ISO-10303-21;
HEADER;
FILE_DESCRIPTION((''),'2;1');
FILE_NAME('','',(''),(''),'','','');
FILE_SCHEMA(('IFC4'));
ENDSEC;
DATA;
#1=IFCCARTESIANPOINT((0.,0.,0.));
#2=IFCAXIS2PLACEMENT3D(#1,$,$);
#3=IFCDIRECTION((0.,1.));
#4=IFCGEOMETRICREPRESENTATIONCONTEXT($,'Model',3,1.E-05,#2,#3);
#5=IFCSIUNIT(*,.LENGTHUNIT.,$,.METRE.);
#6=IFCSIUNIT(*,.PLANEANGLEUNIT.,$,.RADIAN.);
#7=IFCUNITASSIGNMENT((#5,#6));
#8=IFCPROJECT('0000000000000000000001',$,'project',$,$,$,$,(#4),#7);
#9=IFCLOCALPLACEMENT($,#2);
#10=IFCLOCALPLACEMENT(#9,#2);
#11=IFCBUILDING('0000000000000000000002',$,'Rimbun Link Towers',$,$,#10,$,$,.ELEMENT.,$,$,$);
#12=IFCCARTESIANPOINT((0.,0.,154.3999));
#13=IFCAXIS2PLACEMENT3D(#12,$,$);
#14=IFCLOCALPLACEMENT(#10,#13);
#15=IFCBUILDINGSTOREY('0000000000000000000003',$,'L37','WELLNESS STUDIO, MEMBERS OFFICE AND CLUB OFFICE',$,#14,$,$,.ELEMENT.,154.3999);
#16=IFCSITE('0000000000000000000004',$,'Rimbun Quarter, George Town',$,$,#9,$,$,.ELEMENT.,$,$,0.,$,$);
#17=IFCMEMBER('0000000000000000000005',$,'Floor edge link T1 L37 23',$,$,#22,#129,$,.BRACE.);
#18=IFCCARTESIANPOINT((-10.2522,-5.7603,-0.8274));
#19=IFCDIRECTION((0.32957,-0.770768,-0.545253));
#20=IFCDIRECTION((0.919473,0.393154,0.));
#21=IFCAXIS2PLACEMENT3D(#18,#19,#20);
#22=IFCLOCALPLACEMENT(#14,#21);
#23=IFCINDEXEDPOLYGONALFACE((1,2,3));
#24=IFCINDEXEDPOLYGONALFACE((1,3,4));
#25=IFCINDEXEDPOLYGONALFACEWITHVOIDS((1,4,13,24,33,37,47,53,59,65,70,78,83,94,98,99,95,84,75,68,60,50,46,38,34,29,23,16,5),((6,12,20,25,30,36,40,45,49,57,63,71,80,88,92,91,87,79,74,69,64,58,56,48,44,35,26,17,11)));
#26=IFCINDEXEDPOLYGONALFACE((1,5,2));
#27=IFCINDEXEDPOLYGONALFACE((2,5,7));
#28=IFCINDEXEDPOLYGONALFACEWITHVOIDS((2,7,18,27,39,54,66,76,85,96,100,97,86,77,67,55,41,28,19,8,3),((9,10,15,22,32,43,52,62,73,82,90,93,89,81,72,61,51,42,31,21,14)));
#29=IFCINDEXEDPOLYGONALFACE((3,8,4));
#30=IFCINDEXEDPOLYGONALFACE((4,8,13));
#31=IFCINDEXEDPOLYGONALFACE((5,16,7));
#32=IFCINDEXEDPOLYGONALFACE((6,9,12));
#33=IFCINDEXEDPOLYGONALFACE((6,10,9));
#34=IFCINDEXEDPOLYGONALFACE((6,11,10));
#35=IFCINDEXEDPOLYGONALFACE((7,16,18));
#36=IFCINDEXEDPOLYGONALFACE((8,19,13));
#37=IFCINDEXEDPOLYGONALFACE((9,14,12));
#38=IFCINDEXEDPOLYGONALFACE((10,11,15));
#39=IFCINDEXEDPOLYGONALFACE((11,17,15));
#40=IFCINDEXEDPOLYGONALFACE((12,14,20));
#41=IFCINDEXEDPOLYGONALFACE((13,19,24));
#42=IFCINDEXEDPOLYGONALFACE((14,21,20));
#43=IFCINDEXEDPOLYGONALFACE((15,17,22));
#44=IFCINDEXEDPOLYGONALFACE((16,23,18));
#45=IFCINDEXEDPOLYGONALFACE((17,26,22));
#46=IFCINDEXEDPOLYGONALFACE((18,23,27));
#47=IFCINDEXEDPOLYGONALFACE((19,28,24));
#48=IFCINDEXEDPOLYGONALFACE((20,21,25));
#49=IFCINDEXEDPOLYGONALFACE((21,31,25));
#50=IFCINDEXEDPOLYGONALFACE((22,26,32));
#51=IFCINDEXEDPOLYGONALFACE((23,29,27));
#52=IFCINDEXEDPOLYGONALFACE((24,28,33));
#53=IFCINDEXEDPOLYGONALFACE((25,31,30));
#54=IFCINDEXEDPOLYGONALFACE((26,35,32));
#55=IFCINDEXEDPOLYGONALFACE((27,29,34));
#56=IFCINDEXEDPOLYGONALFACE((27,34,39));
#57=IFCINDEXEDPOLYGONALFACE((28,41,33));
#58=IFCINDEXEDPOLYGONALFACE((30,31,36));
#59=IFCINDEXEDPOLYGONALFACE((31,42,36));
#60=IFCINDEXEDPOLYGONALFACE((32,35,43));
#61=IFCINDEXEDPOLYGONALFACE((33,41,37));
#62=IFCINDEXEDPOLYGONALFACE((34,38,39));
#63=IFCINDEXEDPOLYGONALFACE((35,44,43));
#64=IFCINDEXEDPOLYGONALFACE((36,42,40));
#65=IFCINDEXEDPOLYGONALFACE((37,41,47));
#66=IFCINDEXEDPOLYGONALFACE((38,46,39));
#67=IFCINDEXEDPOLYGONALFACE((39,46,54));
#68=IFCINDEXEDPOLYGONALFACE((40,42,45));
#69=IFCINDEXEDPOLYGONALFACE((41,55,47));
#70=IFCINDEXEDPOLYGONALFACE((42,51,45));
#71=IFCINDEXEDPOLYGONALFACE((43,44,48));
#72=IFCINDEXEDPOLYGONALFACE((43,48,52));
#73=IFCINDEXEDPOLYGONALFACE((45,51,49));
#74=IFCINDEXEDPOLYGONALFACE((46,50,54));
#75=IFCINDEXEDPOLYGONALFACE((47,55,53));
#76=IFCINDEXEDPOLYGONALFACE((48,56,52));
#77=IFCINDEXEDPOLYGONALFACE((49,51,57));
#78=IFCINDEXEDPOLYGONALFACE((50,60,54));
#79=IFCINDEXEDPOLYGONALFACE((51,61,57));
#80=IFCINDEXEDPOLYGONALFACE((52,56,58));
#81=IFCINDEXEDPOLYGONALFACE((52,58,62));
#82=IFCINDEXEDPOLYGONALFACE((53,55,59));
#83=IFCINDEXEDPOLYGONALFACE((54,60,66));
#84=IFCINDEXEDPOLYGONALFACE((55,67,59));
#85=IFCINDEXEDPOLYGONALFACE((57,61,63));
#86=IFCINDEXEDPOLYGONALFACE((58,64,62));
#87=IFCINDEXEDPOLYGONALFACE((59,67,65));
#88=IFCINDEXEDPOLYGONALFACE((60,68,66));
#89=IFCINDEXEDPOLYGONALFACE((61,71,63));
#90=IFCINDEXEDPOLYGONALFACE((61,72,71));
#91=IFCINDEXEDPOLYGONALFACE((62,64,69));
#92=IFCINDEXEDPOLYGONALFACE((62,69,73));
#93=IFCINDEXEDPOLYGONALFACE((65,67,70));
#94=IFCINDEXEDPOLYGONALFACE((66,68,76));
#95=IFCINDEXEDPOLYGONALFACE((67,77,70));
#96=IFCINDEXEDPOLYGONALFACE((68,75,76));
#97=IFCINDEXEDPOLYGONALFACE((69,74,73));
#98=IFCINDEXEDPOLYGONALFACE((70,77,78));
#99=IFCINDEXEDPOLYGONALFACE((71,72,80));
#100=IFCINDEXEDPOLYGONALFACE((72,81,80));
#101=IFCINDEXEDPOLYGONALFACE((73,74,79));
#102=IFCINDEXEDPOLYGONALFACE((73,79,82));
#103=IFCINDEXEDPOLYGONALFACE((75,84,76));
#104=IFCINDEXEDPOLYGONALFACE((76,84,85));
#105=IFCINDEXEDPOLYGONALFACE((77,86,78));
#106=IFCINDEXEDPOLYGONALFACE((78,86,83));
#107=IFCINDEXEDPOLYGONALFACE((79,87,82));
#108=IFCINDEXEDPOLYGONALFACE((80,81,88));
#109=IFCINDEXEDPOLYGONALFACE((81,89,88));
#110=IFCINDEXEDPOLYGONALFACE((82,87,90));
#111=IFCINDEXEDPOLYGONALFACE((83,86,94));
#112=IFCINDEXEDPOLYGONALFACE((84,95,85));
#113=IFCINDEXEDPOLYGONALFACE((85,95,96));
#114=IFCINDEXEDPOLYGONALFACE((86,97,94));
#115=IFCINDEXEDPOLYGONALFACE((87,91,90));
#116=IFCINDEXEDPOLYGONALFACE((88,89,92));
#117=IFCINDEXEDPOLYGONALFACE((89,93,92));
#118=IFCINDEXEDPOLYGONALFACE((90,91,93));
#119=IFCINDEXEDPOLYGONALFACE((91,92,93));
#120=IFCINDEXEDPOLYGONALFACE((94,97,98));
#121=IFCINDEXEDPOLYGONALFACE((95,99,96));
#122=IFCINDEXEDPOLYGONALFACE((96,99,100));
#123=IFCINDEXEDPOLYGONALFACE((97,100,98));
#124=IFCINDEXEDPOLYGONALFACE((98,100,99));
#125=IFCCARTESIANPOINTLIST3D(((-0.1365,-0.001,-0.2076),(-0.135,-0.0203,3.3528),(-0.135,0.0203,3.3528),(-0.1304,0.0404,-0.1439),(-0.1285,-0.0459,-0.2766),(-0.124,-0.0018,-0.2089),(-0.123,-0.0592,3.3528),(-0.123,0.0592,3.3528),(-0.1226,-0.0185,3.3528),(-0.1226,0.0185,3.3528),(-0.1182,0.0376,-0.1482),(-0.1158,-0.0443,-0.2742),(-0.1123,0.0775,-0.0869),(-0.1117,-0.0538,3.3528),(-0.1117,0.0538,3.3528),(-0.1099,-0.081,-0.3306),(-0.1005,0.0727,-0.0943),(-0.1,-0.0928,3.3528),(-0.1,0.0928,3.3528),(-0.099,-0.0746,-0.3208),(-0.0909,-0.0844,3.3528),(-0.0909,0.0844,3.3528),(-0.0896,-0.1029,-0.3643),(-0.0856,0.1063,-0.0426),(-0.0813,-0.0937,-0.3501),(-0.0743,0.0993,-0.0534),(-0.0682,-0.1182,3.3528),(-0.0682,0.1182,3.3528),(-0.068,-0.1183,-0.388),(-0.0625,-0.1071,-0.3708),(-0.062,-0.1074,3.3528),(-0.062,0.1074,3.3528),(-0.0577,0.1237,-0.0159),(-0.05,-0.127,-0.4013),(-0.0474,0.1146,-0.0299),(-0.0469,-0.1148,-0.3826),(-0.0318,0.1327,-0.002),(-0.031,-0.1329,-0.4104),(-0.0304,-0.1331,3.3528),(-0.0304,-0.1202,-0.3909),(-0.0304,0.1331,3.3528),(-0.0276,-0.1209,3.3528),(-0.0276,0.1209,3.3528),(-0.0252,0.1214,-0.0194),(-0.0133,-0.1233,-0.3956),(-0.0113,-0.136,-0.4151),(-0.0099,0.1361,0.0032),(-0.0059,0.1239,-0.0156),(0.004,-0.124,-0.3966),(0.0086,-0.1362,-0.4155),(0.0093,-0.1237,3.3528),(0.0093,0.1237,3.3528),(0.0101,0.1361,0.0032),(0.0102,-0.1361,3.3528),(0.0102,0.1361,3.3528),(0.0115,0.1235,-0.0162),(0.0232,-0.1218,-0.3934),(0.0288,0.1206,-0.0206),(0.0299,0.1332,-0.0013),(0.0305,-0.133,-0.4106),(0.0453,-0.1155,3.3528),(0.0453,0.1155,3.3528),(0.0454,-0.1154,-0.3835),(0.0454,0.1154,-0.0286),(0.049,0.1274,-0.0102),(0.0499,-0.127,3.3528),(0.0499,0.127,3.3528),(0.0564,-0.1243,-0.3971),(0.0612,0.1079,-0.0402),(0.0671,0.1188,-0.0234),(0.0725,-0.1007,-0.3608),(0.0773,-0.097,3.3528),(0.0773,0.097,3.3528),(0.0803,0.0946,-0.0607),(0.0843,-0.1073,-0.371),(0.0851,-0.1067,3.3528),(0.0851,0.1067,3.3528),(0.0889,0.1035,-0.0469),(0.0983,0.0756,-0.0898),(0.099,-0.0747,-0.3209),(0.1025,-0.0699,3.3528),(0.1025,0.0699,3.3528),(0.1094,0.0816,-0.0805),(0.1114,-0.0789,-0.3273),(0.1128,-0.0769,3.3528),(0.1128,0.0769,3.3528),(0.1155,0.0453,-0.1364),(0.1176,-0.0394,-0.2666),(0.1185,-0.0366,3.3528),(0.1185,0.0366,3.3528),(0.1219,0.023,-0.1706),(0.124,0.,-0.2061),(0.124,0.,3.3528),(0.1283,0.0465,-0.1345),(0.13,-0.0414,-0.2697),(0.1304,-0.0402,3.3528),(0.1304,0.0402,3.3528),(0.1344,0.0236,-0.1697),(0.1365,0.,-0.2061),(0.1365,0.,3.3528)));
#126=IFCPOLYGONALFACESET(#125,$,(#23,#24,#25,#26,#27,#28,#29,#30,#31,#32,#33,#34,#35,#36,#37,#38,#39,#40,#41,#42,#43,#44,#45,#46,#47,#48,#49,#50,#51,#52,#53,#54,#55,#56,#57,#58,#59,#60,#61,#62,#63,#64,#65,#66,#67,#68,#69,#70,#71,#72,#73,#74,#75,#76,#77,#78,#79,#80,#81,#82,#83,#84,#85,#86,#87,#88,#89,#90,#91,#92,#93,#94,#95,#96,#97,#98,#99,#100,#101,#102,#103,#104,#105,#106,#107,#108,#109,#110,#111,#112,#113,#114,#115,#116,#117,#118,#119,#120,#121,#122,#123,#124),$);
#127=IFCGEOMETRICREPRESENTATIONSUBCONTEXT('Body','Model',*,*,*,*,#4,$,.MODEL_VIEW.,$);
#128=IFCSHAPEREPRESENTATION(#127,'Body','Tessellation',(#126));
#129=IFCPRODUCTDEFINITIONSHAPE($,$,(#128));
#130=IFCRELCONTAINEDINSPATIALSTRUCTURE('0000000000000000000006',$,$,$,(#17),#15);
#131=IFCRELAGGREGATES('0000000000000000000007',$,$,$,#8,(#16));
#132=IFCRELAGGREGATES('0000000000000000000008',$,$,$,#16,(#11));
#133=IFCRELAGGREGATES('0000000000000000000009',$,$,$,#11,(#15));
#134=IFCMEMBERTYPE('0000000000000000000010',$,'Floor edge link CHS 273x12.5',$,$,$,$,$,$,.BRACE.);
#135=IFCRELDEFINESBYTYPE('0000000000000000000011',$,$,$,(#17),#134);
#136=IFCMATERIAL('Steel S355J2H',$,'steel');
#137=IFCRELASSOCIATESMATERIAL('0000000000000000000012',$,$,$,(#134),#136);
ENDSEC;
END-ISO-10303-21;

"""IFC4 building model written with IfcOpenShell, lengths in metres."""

from ifc_helpers import new_model, si_unit, direction, frame, origin, origin_2d, place, context, subcontext, project, spatial, hollow_circle, extrude, clip, halfspace, material, material_profile, profile_set, type_object, element, save


model = new_model("IFC4")

# Units and contexts
model_context = context("Model", 3, precision=1e-05, world=origin(), true_north=direction((0.0, 1.0)))
body_context = subcontext(model_context, "Body", "Model", "MODEL_VIEW")
ifc_project = project(units=[si_unit("LENGTHUNIT", "METRE"), si_unit("PLANEANGLEUNIT", "RADIAN")], contexts=[model_context])

# Site, building, storey
site_placement = place(None, origin())
site = spatial("IfcSite", under=ifc_project, at=site_placement, Name="Rimbun Quarter, George Town", CompositionType="ELEMENT", RefElevation=0.0)
building_placement = place(site_placement, origin())
building = spatial("IfcBuilding", under=site, at=building_placement, Name="Rimbun Link Towers", CompositionType="ELEMENT")
storey_placement = place(building_placement, frame((0.0, 0.0, 154.3999)))
storey = spatial("IfcBuildingStorey", under=building, at=storey_placement, Name="L37", Description="WELLNESS STUDIO, MEMBERS OFFICE AND CLUB OFFICE", CompositionType="ELEMENT", Elevation=154.3999)

# Member
ifc_material_1 = material(Name="Steel S355J2H", Category="steel")
ifc_material_profile_1 = material_profile(ifc_material_1, hollow_circle(Radius=0.1365, WallThickness=0.0125, at=origin_2d()), Name="CHS 273x12.5")
ifc_profile_set_1 = profile_set([ifc_material_profile_1], Name="Steel S355J2H")
member_type_1 = type_object("IfcMemberType", Name="Floor edge link CHS 273x12.5", PredefinedType="BRACE", material=ifc_profile_set_1)
member_1_placement = place(storey_placement, frame((-10.2522, -5.7603, -0.8274), z_axis=(0.32957, -0.770768, -0.545253), x_axis=(0.919473, 0.393154, 0.0)))
element("IfcMember", 1, at=member_1_placement, inside=storey, type_object=member_type_1, Name="Floor edge link T1 L37 23", PredefinedType="BRACE", context=body_context, shape_type="Clipping", body=[
    clip(extrude(hollow_circle(Radius=0.1365, WallThickness=0.0125, at=origin_2d()), frame((0.0, 0.0, -0.438)), (0.0, 0.0, 1.0), 3.7908), halfspace(frame((0.0, 0.0, -0.2061), z_axis=(0.0, 0.838271, -0.545253)), False)),
])

save(model, "model.ifc")
